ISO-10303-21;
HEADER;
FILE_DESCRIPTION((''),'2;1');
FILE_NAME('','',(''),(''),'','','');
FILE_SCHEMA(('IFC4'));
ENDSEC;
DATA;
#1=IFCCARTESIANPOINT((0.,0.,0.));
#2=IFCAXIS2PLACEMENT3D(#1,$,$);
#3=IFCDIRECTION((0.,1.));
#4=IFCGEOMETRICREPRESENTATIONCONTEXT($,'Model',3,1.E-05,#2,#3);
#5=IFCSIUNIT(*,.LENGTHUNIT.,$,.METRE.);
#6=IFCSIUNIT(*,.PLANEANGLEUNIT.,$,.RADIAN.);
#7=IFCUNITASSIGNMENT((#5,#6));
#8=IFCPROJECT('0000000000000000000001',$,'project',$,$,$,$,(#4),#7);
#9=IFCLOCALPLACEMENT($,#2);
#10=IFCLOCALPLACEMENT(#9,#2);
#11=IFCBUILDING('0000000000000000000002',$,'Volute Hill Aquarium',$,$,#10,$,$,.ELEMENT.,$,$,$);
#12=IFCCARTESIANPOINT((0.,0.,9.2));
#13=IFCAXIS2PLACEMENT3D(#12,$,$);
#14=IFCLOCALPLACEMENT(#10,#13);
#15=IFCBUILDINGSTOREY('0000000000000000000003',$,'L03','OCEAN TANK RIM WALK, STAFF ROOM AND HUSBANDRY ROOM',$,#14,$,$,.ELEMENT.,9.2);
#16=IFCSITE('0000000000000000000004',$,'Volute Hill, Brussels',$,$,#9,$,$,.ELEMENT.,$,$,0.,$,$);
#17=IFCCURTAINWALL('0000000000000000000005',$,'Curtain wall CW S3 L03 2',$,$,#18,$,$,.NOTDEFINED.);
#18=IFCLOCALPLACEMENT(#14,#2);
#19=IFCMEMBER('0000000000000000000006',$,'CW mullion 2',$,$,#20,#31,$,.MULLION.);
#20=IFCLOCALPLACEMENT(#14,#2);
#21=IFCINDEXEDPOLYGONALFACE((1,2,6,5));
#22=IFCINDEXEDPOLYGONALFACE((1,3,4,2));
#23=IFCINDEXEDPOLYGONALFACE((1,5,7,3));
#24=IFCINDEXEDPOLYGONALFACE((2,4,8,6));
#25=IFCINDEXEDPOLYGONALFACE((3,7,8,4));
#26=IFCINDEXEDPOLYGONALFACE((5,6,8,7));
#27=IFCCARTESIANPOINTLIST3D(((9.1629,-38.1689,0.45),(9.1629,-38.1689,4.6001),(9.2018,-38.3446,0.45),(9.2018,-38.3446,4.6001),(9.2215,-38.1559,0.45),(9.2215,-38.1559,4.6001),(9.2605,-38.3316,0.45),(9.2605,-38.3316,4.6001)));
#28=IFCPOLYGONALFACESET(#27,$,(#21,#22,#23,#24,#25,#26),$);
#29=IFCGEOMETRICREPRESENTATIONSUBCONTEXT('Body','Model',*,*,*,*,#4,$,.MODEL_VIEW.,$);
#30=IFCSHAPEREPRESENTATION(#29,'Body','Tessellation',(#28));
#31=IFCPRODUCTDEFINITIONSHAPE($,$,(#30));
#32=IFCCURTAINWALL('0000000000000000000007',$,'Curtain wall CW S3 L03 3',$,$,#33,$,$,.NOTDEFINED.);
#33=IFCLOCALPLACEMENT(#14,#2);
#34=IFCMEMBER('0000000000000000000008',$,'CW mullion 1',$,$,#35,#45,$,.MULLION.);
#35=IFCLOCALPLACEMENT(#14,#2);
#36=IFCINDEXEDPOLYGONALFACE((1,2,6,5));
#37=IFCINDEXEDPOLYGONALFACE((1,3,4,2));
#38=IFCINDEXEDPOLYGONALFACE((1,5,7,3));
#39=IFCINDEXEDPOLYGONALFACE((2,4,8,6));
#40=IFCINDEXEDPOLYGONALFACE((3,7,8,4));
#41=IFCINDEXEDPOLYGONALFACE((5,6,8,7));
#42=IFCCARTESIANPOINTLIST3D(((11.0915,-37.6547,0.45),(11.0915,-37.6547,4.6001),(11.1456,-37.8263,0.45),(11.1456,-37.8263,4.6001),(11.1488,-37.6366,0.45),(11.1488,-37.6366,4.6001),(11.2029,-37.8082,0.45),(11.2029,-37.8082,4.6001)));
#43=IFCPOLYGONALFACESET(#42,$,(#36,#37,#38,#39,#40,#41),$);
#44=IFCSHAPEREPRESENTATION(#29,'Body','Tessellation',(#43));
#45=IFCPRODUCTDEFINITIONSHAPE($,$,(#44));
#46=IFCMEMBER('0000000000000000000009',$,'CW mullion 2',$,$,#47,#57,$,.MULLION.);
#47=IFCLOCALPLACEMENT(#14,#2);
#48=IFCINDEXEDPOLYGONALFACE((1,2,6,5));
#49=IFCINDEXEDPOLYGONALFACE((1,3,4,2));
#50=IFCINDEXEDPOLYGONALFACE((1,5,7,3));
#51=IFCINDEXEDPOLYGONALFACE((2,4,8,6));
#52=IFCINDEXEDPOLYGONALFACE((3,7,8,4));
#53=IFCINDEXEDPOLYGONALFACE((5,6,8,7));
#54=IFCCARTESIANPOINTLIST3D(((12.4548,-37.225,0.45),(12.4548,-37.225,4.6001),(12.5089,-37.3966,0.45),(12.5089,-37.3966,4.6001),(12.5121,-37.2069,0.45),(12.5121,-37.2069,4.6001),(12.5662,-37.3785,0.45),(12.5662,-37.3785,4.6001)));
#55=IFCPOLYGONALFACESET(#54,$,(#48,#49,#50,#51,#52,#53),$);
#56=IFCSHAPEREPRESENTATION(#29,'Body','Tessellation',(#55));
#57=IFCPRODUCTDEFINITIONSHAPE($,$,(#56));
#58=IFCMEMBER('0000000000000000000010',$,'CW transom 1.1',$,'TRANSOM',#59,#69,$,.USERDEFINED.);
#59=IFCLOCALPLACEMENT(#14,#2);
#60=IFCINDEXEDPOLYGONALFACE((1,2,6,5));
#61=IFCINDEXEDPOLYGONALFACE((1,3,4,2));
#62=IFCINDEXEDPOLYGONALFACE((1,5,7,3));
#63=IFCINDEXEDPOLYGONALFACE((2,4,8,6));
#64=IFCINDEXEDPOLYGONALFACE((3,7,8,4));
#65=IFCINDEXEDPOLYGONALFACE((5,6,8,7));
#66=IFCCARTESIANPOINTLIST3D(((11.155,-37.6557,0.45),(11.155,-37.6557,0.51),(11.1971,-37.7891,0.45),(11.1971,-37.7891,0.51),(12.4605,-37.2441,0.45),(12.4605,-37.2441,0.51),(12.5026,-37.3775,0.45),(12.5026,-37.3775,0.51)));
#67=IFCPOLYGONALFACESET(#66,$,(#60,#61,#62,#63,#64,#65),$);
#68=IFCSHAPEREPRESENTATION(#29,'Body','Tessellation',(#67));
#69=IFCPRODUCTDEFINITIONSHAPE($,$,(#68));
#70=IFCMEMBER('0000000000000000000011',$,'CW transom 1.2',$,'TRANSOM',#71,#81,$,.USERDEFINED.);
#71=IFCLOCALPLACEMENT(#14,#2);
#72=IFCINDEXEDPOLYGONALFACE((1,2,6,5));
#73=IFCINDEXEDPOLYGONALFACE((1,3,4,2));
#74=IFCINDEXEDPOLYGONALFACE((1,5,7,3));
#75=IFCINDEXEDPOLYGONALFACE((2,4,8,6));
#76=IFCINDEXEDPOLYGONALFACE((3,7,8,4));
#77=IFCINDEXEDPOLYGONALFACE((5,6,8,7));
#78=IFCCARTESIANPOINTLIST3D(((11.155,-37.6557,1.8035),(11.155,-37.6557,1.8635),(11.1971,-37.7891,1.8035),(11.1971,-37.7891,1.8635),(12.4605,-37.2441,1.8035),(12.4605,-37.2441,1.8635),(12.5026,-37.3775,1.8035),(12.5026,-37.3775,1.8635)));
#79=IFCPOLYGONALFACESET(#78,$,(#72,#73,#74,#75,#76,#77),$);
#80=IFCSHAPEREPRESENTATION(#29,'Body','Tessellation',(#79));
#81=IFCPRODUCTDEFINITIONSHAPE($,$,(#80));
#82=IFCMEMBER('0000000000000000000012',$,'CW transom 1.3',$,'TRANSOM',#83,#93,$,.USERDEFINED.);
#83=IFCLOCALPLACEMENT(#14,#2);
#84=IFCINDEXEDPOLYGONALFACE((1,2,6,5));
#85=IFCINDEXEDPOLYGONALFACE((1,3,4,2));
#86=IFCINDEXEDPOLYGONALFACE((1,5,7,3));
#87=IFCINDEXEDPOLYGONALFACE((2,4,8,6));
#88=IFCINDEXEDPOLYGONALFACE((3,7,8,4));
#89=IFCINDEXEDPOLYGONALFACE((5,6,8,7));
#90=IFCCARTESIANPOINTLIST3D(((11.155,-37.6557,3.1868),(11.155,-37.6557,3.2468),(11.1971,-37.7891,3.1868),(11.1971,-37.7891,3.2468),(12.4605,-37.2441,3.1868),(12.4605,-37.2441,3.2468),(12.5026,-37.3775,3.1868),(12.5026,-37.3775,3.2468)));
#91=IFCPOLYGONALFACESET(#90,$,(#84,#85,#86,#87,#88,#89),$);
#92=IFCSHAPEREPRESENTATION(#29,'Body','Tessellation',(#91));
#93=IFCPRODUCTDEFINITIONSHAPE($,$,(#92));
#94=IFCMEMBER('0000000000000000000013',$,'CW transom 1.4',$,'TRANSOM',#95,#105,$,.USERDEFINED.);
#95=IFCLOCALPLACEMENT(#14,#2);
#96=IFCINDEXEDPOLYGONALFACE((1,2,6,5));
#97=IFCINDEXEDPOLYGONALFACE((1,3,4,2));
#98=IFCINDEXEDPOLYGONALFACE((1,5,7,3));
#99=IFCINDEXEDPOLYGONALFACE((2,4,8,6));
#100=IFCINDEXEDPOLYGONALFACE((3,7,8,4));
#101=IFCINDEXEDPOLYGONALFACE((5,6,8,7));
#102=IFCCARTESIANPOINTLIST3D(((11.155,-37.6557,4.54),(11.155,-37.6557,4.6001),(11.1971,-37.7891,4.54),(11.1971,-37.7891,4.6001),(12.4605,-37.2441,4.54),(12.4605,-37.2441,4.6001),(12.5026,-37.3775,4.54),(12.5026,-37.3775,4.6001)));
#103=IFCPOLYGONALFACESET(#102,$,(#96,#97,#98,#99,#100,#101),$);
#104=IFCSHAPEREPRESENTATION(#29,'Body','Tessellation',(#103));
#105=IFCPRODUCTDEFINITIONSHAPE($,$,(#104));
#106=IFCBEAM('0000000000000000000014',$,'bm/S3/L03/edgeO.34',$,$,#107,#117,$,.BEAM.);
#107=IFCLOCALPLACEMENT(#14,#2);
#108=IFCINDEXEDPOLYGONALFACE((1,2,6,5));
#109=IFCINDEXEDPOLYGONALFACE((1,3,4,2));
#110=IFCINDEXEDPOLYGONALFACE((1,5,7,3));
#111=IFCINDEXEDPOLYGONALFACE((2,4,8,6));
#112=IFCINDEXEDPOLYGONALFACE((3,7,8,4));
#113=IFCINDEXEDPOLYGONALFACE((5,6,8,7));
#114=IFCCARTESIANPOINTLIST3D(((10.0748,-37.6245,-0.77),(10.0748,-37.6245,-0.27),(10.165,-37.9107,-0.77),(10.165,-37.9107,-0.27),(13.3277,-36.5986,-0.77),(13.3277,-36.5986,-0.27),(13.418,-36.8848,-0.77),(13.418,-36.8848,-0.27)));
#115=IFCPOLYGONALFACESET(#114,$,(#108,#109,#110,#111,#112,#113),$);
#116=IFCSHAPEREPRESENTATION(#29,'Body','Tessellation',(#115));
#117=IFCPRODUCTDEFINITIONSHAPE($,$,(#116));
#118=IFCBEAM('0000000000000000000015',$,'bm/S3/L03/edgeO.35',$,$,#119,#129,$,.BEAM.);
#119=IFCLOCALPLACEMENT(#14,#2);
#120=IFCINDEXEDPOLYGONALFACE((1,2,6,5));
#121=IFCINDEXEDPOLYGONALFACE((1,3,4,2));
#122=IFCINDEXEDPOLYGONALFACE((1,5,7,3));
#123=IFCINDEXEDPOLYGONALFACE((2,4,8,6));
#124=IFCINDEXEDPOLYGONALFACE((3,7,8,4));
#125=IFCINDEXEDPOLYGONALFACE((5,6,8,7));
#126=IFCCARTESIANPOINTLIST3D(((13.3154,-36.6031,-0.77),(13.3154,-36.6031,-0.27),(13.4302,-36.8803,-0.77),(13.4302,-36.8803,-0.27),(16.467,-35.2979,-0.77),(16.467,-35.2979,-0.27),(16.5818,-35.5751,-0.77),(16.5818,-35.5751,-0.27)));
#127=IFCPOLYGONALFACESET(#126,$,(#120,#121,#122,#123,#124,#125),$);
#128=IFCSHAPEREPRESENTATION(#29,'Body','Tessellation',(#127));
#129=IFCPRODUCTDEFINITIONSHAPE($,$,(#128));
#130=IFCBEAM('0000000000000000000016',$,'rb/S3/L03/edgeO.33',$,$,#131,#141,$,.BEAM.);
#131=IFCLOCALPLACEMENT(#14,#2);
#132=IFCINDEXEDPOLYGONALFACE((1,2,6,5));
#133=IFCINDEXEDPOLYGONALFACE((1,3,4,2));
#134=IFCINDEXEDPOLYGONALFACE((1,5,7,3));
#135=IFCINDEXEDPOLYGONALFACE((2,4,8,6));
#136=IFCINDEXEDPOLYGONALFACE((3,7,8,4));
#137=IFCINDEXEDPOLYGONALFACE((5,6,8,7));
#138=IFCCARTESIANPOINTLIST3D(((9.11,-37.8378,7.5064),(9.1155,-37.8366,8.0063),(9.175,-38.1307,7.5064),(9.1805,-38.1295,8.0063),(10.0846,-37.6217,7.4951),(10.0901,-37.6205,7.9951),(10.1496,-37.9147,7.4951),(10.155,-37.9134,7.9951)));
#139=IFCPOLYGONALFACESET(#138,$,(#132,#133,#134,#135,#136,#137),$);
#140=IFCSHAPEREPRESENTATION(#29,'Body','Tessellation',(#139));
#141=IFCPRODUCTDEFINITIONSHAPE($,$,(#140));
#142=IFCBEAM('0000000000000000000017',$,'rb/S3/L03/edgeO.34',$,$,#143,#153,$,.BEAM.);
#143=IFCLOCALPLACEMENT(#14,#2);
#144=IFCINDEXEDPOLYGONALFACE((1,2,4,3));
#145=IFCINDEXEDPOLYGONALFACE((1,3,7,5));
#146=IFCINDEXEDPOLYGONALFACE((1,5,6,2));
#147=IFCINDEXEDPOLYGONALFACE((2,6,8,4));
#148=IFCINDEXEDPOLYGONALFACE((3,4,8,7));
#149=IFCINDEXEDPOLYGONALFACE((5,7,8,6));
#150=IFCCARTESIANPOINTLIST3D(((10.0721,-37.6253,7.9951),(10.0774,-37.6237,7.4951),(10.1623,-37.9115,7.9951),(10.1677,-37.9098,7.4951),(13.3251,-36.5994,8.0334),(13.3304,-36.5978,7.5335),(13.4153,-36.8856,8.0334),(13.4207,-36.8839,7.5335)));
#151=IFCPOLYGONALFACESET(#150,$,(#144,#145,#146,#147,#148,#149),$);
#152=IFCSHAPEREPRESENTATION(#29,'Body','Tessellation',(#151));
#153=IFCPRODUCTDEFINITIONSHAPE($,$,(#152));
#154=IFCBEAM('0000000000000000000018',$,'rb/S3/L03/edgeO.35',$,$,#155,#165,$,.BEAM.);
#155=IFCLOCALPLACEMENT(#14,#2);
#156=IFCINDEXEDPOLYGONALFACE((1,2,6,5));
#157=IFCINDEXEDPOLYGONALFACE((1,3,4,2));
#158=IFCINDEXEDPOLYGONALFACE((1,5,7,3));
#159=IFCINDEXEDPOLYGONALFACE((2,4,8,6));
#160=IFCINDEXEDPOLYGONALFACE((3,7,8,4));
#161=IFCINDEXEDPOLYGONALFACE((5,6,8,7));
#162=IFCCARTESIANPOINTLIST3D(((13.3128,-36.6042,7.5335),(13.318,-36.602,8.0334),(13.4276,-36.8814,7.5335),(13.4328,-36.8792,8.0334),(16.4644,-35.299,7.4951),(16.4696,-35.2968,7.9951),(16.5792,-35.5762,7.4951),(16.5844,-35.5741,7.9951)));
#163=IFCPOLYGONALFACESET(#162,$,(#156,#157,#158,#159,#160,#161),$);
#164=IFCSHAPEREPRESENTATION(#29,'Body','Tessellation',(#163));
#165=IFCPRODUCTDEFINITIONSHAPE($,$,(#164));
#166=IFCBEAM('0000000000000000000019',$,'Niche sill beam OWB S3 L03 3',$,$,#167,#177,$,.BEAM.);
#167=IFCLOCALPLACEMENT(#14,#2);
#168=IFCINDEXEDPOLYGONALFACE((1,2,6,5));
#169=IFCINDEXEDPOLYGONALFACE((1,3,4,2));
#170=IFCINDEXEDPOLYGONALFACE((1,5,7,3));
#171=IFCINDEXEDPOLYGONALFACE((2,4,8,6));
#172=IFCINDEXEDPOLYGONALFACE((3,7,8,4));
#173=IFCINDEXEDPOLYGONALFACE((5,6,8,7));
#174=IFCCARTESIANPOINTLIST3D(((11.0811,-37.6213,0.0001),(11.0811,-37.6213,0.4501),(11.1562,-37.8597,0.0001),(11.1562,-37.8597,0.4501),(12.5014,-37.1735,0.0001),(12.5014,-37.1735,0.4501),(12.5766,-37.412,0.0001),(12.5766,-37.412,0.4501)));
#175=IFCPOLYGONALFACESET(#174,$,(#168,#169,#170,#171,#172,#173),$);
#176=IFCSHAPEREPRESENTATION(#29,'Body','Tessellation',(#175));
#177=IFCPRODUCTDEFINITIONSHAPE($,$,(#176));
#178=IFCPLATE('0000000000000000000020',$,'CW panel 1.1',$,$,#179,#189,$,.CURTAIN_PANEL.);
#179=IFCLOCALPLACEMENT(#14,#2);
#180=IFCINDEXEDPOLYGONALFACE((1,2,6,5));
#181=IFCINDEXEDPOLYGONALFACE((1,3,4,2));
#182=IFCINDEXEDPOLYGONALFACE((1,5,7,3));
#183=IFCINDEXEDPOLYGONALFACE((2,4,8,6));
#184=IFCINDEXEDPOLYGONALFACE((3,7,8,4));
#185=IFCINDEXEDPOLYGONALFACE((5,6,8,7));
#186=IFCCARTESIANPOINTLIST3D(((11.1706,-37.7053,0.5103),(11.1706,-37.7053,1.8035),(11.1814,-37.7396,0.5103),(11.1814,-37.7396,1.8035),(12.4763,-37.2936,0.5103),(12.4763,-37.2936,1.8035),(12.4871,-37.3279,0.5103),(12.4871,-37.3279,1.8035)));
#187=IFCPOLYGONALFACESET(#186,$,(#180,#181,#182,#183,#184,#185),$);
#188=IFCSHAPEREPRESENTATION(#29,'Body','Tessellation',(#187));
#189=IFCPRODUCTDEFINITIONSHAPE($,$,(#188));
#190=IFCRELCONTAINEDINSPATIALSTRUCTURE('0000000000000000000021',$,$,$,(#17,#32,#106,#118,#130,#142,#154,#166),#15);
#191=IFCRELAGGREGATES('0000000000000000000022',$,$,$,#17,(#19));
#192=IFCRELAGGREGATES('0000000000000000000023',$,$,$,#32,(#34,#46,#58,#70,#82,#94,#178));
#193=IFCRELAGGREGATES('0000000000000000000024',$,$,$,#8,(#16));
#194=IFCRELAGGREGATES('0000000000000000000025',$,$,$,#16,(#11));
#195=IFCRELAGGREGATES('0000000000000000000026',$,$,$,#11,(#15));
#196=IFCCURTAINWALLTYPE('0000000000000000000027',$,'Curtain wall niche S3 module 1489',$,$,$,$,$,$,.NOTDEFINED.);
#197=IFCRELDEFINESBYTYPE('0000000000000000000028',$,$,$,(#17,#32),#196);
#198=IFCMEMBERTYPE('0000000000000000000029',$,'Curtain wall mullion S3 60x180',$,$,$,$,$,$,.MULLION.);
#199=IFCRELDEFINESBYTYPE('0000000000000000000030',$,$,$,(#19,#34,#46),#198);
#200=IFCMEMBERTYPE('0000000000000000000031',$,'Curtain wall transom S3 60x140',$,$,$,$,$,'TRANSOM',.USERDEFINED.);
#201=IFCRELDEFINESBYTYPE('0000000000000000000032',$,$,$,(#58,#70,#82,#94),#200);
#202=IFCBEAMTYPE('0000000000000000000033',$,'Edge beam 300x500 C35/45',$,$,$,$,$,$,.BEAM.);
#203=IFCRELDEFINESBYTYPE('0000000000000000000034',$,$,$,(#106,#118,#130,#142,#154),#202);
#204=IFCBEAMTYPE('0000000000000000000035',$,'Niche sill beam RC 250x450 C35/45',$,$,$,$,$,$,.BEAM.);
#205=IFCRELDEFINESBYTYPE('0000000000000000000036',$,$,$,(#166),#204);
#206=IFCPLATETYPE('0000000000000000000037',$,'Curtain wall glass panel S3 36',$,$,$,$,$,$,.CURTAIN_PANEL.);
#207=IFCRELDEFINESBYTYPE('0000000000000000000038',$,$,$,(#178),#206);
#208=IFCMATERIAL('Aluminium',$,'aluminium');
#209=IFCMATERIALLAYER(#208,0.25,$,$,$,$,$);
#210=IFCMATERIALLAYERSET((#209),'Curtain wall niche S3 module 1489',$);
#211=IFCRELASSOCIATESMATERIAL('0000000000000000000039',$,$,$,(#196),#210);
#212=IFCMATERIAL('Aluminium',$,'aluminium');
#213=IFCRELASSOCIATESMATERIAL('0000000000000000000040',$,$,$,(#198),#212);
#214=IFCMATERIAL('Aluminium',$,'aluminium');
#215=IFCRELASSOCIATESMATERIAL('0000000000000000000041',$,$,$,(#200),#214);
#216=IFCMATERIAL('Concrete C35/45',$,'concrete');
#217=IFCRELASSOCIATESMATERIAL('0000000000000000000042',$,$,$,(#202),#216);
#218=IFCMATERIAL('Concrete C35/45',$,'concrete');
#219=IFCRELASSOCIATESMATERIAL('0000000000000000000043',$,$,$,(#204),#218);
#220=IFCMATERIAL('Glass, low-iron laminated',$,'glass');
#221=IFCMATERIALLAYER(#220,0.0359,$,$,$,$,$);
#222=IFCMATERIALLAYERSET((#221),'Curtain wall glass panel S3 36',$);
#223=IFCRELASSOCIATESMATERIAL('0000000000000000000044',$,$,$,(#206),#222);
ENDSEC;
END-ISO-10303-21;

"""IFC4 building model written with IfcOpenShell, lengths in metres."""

from ifc_helpers import new_model, si_unit, direction, frame, origin, origin_2d, place, context, subcontext, project, spatial, rectangle, extrude, material, layer, layer_set, material_profile, profile_set, type_object, element, aggregate, save


model = new_model("IFC4")

# Units and contexts
model_context = context("Model", 3, precision=1e-05, world=origin(), true_north=direction((0.0, 1.0)))
body_context = subcontext(model_context, "Body", "Model", "MODEL_VIEW")
ifc_project = project(units=[si_unit("LENGTHUNIT", "METRE"), si_unit("PLANEANGLEUNIT", "RADIAN")], contexts=[model_context])

# Site, building, storey
site_placement = place(None, origin())
site = spatial("IfcSite", under=ifc_project, at=site_placement, Name="Volute Hill, Brussels", CompositionType="ELEMENT", RefElevation=0.0)
building_placement = place(site_placement, origin())
building = spatial("IfcBuilding", under=site, at=building_placement, Name="Volute Hill Aquarium", CompositionType="ELEMENT")
storey_placement = place(building_placement, frame((0.0, 0.0, 9.2)))
storey = spatial("IfcBuildingStorey", under=building, at=storey_placement, Name="L03", Description="OCEAN TANK RIM WALK, STAFF ROOM AND HUSBANDRY ROOM", CompositionType="ELEMENT", Elevation=9.2)

# Curtain wall, member
ifc_material_1 = material(Name="Aluminium", Category="aluminium")
ifc_layer_1 = layer(ifc_material_1, 0.25)
ifc_layer_set_1 = layer_set([ifc_layer_1], Name="Curtain wall niche S3 module 1489")
curtain_wall_type = type_object("IfcCurtainWallType", Name="Curtain wall niche S3 module 1489", PredefinedType="NOTDEFINED", material=ifc_layer_set_1)
curtain_wall_1_placement = place(storey_placement, origin())
curtain_wall_1 = element("IfcCurtainWall", 1, at=curtain_wall_1_placement, inside=storey, type_object=curtain_wall_type, Name="Curtain wall CW S3 L03 2", PredefinedType="NOTDEFINED")
ifc_material_2 = material(Name="Aluminium", Category="aluminium")
ifc_material_profile_1 = material_profile(ifc_material_2, rectangle(XDim=0.1799, YDim=0.0601, at=origin_2d()), Name="Curtain wall mullion S3 60x180")
ifc_profile_set_1 = profile_set([ifc_material_profile_1], Name="Aluminium")
member_type_1 = type_object("IfcMemberType", Name="Curtain wall mullion S3 60x180", PredefinedType="MULLION", material=ifc_profile_set_1)
member_1_placement = place(storey_placement, frame((9.2117, -38.2502, 0.45), z_axis=(0.0, 0.0, 1.0), x_axis=(-0.216429, 0.976298, 0.0)))
member_1 = element("IfcMember", 2, at=member_1_placement, type_object=member_type_1, Name="CW mullion 2", PredefinedType="MULLION", context=body_context, shape_type="SweptSolid", body=[
    extrude(rectangle(XDim=0.1799, YDim=0.0601, at=origin_2d()), origin(), (0.0, 0.0, 1.0), 4.1501),
])
aggregate(curtain_wall_1, [member_1])

# Curtain wall, members
curtain_wall_2_placement = place(storey_placement, origin())
curtain_wall_2 = element("IfcCurtainWall", 3, at=curtain_wall_2_placement, inside=storey, type_object=curtain_wall_type, Name="Curtain wall CW S3 L03 3", PredefinedType="NOTDEFINED")
member_2_placement = place(storey_placement, frame((11.1472, -37.7314, 0.45), z_axis=(0.0, 0.0, 1.0), x_axis=(-0.300713, 0.953715, 0.0)))
member_2 = element("IfcMember", 4, at=member_2_placement, type_object=member_type_1, Name="CW mullion 1", PredefinedType="MULLION", context=body_context, shape_type="SweptSolid", body=[
    extrude(rectangle(XDim=0.1799, YDim=0.0601, at=origin_2d()), origin(), (0.0, 0.0, 1.0), 4.1501),
])
member_3_placement = place(storey_placement, frame((12.5105, -37.3018, 0.45), z_axis=(0.0, 0.0, 1.0), x_axis=(-0.300713, 0.953715, 0.0)))
member_3 = element("IfcMember", 5, at=member_3_placement, type_object=member_type_1, Name="CW mullion 2", PredefinedType="MULLION", context=body_context, shape_type="SweptSolid", body=[
    extrude(rectangle(XDim=0.1799, YDim=0.0601, at=origin_2d()), origin(), (0.0, 0.0, 1.0), 4.1501),
])
ifc_material_3 = material(Name="Aluminium", Category="aluminium")
ifc_material_profile_2 = material_profile(ifc_material_3, rectangle(XDim=0.1399, YDim=0.0601, at=origin_2d()), Name="Curtain wall transom S3 60x140")
ifc_profile_set_2 = profile_set([ifc_material_profile_2], Name="Aluminium")
member_type_2 = type_object("IfcMemberType", Name="Curtain wall transom S3 60x140", ElementType="TRANSOM", PredefinedType="USERDEFINED", material=ifc_profile_set_2)
member_4_placement = place(storey_placement, frame((11.176, -37.7224, 0.48), z_axis=(0.953728, 0.30067, 0.0), x_axis=(-0.30067, 0.953728, 0.0)))
member_4 = element("IfcMember", 6, at=member_4_placement, type_object=member_type_2, Name="CW transom 1.1", ObjectType="TRANSOM", PredefinedType="USERDEFINED", context=body_context, shape_type="SweptSolid", body=[
    extrude(rectangle(XDim=0.1399, YDim=0.0601, at=origin_2d()), origin(), (0.0, 0.0, 1.0), 1.3689),
])
member_5_placement = place(storey_placement, frame((11.176, -37.7224, 1.8335), z_axis=(0.953728, 0.30067, 0.0), x_axis=(-0.30067, 0.953728, 0.0)))
member_5 = element("IfcMember", 7, at=member_5_placement, type_object=member_type_2, Name="CW transom 1.2", ObjectType="TRANSOM", PredefinedType="USERDEFINED", context=body_context, shape_type="SweptSolid", body=[
    extrude(rectangle(XDim=0.1399, YDim=0.0601, at=origin_2d()), origin(), (0.0, 0.0, 1.0), 1.3689),
])
member_6_placement = place(storey_placement, frame((11.176, -37.7224, 3.2168), z_axis=(0.953728, 0.30067, 0.0), x_axis=(-0.30067, 0.953728, 0.0)))
member_6 = element("IfcMember", 8, at=member_6_placement, type_object=member_type_2, Name="CW transom 1.3", ObjectType="TRANSOM", PredefinedType="USERDEFINED", context=body_context, shape_type="SweptSolid", body=[
    extrude(rectangle(XDim=0.1399, YDim=0.0601, at=origin_2d()), origin(), (0.0, 0.0, 1.0), 1.3689),
])
member_7_placement = place(storey_placement, frame((11.176, -37.7224, 4.5701), z_axis=(0.953728, 0.30067, 0.0), x_axis=(-0.30067, 0.953728, 0.0)))
member_7 = element("IfcMember", 9, at=member_7_placement, type_object=member_type_2, Name="CW transom 1.4", ObjectType="TRANSOM", PredefinedType="USERDEFINED", context=body_context, shape_type="SweptSolid", body=[
    extrude(rectangle(XDim=0.1399, YDim=0.0601, at=origin_2d()), origin(), (0.0, 0.0, 1.0), 1.3689),
])

# Beams
ifc_material_4 = material(Name="Concrete C35/45", Category="concrete")
ifc_material_profile_3 = material_profile(ifc_material_4, rectangle(XDim=0.3, YDim=0.5, at=origin_2d()), Name="RC edge beam 300x500")
ifc_profile_set_3 = profile_set([ifc_material_profile_3], Name="Concrete C35/45")
beam_type_1 = type_object("IfcBeamType", Name="Edge beam 300x500 C35/45", PredefinedType="BEAM", material=ifc_profile_set_3)
beam_1_placement = place(storey_placement, frame((10.1199, -37.7676, -0.52), z_axis=(0.953697, 0.300768, 0.0), x_axis=(-0.300768, 0.953697, 0.0)))
element("IfcBeam", 10, at=beam_1_placement, inside=storey, type_object=beam_type_1, Name="bm/S3/L03/edgeO.34", PredefinedType="BEAM", context=body_context, shape_type="SweptSolid", body=[
    extrude(rectangle(XDim=0.3, YDim=0.5, at=origin_2d()), origin(), (0.0, 0.0, 1.0), 3.4109),
])
beam_2_placement = place(storey_placement, frame((13.3728, -36.7417, -0.52), z_axis=(0.923907, 0.382617, 0.0), x_axis=(-0.382617, 0.923907, 0.0)))
element("IfcBeam", 11, at=beam_2_placement, inside=storey, type_object=beam_type_1, Name="bm/S3/L03/edgeO.35", PredefinedType="BEAM", context=body_context, shape_type="SweptSolid", body=[
    extrude(rectangle(XDim=0.3, YDim=0.5, at=origin_2d()), origin(), (0.0, 0.0, 1.0), 3.4111),
])
beam_3_placement = place(storey_placement, frame((9.1453, -37.9836, 7.7563), z_axis=(0.976234, 0.216425, -0.011249), x_axis=(-0.216438, 0.976296, 0.0)))
element("IfcBeam", 12, at=beam_3_placement, inside=storey, type_object=beam_type_1, Name="rb/S3/L03/edgeO.33", PredefinedType="BEAM", context=body_context, shape_type="SweptSolid", body=[
    extrude(rectangle(XDim=0.3, YDim=0.5, at=origin_2d()), origin(), (0.0, 0.0, 1.0), 0.9983),
])
beam_4_placement = place(storey_placement, frame((10.1199, -37.7676, 7.7451), z_axis=(0.953637, 0.300749, 0.011237), x_axis=(-0.300768, 0.953697, 0.0)))
element("IfcBeam", 13, at=beam_4_placement, inside=storey, type_object=beam_type_1, Name="rb/S3/L03/edgeO.34", PredefinedType="BEAM", context=body_context, shape_type="SweptSolid", body=[
    extrude(rectangle(XDim=0.3, YDim=0.5, at=origin_2d()), origin(), (0.0, 0.0, 1.0), 3.4111),
])
beam_5_placement = place(storey_placement, frame((13.3728, -36.7417, 7.7834), z_axis=(0.923849, 0.382593, -0.011236), x_axis=(-0.382617, 0.923907, 0.0)))
element("IfcBeam", 14, at=beam_5_placement, inside=storey, type_object=beam_type_1, Name="rb/S3/L03/edgeO.35", PredefinedType="BEAM", context=body_context, shape_type="SweptSolid", body=[
    extrude(rectangle(XDim=0.3, YDim=0.5, at=origin_2d()), origin(), (0.0, 0.0, 1.0), 3.4114),
])
ifc_material_5 = material(Name="Concrete C35/45", Category="concrete")
ifc_material_profile_4 = material_profile(ifc_material_5, rectangle(XDim=0.25, YDim=0.45, at=origin_2d()), Name="RC beam 250x450")
ifc_profile_set_4 = profile_set([ifc_material_profile_4], Name="Concrete C35/45")
beam_type_2 = type_object("IfcBeamType", Name="Niche sill beam RC 250x450 C35/45", PredefinedType="BEAM", material=ifc_profile_set_4)
beam_6_placement = place(storey_placement, frame((11.1187, -37.7405, 0.2251), z_axis=(0.953736, 0.300645, 0.0), x_axis=(-0.300645, 0.953736, 0.0)))
element("IfcBeam", 15, at=beam_6_placement, inside=storey, type_object=beam_type_2, Name="Niche sill beam OWB S3 L03 3", PredefinedType="BEAM", context=body_context, shape_type="SweptSolid", body=[
    extrude(rectangle(XDim=0.25, YDim=0.45, at=origin_2d()), origin(), (0.0, 0.0, 1.0), 1.4893),
])

# Plate
ifc_material_6 = material(Name="Glass, low-iron laminated", Category="glass")
ifc_layer_2 = layer(ifc_material_6, 0.0359)
ifc_layer_set_2 = layer_set([ifc_layer_2], Name="Curtain wall glass panel S3 36")
plate_type = type_object("IfcPlateType", Name="Curtain wall glass panel S3 36", PredefinedType="CURTAIN_PANEL", material=ifc_layer_set_2)
plate_1_placement = place(storey_placement, frame((11.8289, -37.5166, 0.5103), z_axis=(0.0, 0.0, 1.0), x_axis=(0.953715, 0.300713, 0.0)))
plate_1 = element("IfcPlate", 16, at=plate_1_placement, type_object=plate_type, Name="CW panel 1.1", PredefinedType="CURTAIN_PANEL", context=body_context, shape_type="SweptSolid", body=[
    extrude(rectangle(XDim=1.3691, YDim=0.0359, at=origin_2d()), origin(), (0.0, 0.0, 1.0), 1.2932),
])
aggregate(curtain_wall_2, [member_2, member_3, member_4, member_5, member_6, member_7, plate_1])

save(model, "model.ifc")
